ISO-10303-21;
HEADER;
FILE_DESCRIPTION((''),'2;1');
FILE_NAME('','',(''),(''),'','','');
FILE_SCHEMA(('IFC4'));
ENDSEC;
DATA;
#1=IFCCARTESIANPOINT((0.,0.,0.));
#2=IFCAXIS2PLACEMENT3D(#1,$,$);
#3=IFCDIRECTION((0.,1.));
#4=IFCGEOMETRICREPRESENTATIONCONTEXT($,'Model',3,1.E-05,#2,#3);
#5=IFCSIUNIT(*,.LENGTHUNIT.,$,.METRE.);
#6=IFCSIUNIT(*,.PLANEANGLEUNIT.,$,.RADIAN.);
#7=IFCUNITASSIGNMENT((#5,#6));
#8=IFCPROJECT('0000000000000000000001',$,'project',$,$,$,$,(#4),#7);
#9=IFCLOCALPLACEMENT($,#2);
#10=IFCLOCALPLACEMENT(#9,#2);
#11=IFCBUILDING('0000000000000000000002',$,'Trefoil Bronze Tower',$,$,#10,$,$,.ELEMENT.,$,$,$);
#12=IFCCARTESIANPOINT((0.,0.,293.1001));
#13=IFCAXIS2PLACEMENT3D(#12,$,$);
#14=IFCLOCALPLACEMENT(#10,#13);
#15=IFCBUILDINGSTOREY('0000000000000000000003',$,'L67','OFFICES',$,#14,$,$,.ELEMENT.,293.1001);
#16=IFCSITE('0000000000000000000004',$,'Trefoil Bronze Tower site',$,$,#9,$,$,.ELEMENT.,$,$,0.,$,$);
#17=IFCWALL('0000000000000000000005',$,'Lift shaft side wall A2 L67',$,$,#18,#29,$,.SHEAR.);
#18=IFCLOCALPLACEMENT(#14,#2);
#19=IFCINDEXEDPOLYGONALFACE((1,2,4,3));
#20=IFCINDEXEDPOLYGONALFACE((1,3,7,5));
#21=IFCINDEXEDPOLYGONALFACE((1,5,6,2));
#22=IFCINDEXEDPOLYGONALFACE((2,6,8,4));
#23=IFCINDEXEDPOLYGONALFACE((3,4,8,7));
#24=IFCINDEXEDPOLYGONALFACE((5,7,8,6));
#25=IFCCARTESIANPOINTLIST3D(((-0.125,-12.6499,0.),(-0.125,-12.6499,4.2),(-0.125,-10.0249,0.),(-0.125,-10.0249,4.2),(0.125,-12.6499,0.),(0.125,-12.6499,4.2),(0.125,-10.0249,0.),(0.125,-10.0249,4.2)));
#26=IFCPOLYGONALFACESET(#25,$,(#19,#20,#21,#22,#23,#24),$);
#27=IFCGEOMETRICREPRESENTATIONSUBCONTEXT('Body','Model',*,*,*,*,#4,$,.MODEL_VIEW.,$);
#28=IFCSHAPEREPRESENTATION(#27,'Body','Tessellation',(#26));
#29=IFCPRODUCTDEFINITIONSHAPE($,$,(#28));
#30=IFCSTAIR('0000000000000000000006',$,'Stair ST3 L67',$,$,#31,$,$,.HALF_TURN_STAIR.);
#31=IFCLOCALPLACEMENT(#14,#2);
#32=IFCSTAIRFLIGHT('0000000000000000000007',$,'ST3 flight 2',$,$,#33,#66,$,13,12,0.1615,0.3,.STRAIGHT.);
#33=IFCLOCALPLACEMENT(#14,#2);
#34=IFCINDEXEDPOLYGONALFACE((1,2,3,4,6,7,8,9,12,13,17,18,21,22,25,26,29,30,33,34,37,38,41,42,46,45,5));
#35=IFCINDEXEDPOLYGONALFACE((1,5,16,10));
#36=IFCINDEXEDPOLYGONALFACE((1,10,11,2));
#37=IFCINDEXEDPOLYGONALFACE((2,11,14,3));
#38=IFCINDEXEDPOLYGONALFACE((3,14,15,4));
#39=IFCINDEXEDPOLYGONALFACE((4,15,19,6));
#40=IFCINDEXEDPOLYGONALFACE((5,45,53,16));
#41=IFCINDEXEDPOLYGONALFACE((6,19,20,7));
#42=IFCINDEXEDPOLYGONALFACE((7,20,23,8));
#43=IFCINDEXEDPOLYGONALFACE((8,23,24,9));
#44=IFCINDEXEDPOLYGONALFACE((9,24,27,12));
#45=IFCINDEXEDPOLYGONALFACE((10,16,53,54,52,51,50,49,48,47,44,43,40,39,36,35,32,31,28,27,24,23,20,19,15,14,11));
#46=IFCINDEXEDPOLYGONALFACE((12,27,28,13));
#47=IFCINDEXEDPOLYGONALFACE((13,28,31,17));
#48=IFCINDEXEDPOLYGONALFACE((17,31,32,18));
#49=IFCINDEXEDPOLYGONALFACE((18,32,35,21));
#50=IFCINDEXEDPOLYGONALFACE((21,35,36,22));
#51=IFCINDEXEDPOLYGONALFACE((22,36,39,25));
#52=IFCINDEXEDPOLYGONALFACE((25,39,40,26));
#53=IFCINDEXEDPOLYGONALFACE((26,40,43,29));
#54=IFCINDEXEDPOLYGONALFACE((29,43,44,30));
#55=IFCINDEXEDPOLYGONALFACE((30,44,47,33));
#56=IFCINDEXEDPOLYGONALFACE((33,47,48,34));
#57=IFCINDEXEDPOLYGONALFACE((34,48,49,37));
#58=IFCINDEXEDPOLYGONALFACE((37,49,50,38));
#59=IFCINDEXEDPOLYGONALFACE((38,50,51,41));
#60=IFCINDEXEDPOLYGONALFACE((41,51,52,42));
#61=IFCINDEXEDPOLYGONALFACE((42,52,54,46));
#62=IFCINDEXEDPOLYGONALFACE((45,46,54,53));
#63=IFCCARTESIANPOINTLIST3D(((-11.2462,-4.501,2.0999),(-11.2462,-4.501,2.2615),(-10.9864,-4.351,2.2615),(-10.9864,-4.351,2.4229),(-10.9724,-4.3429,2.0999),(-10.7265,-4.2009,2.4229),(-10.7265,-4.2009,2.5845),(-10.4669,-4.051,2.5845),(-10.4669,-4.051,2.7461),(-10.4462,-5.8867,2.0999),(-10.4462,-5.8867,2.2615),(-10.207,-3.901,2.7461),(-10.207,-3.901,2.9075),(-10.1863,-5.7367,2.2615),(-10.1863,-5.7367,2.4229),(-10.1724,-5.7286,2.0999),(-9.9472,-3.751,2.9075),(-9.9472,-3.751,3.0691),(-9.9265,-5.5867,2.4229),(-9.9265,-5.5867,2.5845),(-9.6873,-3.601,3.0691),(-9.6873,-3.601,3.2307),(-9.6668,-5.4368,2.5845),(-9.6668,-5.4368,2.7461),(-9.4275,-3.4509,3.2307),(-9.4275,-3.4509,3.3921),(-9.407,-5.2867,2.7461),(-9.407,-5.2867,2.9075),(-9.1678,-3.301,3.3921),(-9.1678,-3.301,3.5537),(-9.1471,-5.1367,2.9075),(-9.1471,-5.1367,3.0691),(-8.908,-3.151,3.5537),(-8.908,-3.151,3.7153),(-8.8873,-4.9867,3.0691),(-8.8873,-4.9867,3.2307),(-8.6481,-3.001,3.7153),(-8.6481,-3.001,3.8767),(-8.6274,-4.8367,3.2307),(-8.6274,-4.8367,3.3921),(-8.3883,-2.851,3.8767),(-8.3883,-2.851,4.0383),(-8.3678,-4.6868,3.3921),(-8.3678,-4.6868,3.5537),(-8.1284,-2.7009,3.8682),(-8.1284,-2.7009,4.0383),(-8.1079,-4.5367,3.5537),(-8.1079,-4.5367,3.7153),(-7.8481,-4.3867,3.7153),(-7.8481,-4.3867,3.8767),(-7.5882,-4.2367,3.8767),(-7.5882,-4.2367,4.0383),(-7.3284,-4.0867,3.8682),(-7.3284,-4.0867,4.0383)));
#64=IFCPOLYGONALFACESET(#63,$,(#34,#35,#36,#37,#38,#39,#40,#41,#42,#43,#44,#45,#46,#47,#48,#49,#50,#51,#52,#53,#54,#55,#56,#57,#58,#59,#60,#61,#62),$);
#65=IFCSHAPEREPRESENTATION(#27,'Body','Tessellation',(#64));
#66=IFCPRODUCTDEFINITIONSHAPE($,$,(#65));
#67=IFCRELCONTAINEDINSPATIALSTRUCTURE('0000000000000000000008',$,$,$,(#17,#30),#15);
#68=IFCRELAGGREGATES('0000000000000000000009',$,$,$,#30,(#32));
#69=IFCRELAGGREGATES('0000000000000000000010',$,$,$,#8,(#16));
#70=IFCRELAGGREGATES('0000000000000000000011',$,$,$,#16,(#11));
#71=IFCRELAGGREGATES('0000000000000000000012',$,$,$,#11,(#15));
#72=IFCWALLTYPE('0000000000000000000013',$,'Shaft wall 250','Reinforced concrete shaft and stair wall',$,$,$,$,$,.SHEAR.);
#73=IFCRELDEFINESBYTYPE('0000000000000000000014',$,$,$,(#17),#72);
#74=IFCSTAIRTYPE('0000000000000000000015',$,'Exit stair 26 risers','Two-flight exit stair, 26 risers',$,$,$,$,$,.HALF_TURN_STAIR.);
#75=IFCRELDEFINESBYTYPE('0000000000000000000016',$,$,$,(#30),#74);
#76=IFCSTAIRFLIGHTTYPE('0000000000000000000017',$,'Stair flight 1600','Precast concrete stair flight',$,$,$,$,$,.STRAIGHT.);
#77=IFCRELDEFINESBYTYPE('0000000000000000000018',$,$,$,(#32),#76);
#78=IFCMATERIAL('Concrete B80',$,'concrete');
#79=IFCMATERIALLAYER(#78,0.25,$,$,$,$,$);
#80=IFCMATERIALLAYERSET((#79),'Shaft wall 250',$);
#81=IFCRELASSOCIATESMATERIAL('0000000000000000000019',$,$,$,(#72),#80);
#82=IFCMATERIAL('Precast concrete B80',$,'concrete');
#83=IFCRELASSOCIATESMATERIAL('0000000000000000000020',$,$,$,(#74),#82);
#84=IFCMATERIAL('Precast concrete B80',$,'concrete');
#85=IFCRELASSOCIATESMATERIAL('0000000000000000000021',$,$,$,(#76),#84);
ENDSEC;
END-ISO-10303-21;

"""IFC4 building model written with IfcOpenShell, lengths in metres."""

from ifc_helpers import new_model, si_unit, direction, frame, frame_2d, origin, place, context, subcontext, project, spatial, polyline, rectangle, outline, extrude, material, layer, layer_set, type_object, element, aggregate, save


model = new_model("IFC4")

# Units and contexts
model_context = context("Model", 3, precision=1e-05, world=origin(), true_north=direction((0.0, 1.0)))
body_context = subcontext(model_context, "Body", "Model", "MODEL_VIEW")
ifc_project = project(units=[si_unit("LENGTHUNIT", "METRE"), si_unit("PLANEANGLEUNIT", "RADIAN")], contexts=[model_context])

# Site, building, storey
site_placement = place(None, origin())
site = spatial("IfcSite", under=ifc_project, at=site_placement, Name="Trefoil Bronze Tower site", CompositionType="ELEMENT", RefElevation=0.0)
building_placement = place(site_placement, origin())
building = spatial("IfcBuilding", under=site, at=building_placement, Name="Trefoil Bronze Tower", CompositionType="ELEMENT")
storey_placement = place(building_placement, frame((0.0, 0.0, 293.1001)))
storey = spatial("IfcBuildingStorey", under=building, at=storey_placement, Name="L67", Description="OFFICES", CompositionType="ELEMENT", Elevation=293.1001)

# Shared definitions
ifc_material_1 = material(Name="Concrete B80", Category="concrete")
ifc_layer_1 = layer(ifc_material_1, 0.25)
ifc_layer_set_1 = layer_set([ifc_layer_1], Name="Shaft wall 250")
wall_type_1 = type_object("IfcWallType", Name="Shaft wall 250", Description="Reinforced concrete shaft and stair wall", PredefinedType="SHEAR", material=ifc_layer_set_1)

# Wall
for number, where, z_axis, x_axis, name in (
    (1, (0.0, -10.0249, 0.0), (0.0, 0.0, 1.0), (0.0, -1.0, 0.0), "Lift shaft side wall A2 L67"),
):
    element("IfcWall", number, at=place(storey_placement, frame(where, z_axis=z_axis, x_axis=x_axis)), inside=storey, type_object=wall_type_1, Name=name, PredefinedType="SHEAR", context=body_context, shape_type="SweptSolid", body=[
        extrude(rectangle(XDim=2.625, YDim=0.25, at=frame_2d((1.3125, 0.0))), origin(), (0.0, 0.0, 1.0), 4.2),
    ])

# Stair, stair flight
ifc_material_2 = material(Name="Precast concrete B80", Category="concrete")
stair_type = type_object("IfcStairType", Name="Exit stair 26 risers", Description="Two-flight exit stair, 26 risers", PredefinedType="HALF_TURN_STAIR", material=ifc_material_2)
stair_placement = place(storey_placement, origin())
stair = element("IfcStair", 2, at=stair_placement, inside=storey, type_object=stair_type, Name="Stair ST3 L67", PredefinedType="HALF_TURN_STAIR")
ifc_material_3 = material(Name="Precast concrete B80", Category="concrete")
stair_flight_type = type_object("IfcStairFlightType", Name="Stair flight 1600", Description="Precast concrete stair flight", PredefinedType="STRAIGHT", material=ifc_material_3)
stair_flight_placement = place(storey_placement, frame((-10.8462, -5.1938, 2.0999), z_axis=(0.0, 0.0, 1.0), x_axis=(0.866025, 0.5, 0.0)))
stair_flight = element("IfcStairFlight", 3, at=stair_flight_placement, type_object=stair_flight_type, Name="ST3 flight 2", NumberOfRisers=13, NumberOfTreads=12, PredefinedType="STRAIGHT", RiserHeight=0.1615, TreadLength=0.3, context=body_context, shape_type="SweptSolid", body=[
    extrude(outline(polyline([(0.0, 0.0), (0.0, 0.1616), (0.3, 0.1616), (0.3, 0.323), (0.6001, 0.323), (0.6001, 0.4846), (0.8999, 0.4846), (0.8999, 0.6462), (1.2, 0.6462), (1.2, 0.8076), (1.5, 0.8076), (1.5, 0.9692), (1.8, 0.9692), (1.8, 1.1309), (2.1001, 1.1309), (2.1001, 1.2922), (2.3999, 1.2922), (2.3999, 1.4539), (2.7, 1.4539), (2.7, 1.6155), (3.0, 1.6155), (3.0, 1.7769), (3.3, 1.7769), (3.3, 1.9385), (3.6001, 1.9385), (3.6001, 2.1001), (3.6001, 1.7683), (0.3162, 0.0), (0.0, 0.0)])), frame((0.0, 0.8, 0.0), z_axis=(0.0, -1.0, 0.0), x_axis=(1.0, 0.0, 0.0)), (0.0, 0.0, 1.0), 1.6001),
])
aggregate(stair, [stair_flight])

save(model, "model.ifc")
